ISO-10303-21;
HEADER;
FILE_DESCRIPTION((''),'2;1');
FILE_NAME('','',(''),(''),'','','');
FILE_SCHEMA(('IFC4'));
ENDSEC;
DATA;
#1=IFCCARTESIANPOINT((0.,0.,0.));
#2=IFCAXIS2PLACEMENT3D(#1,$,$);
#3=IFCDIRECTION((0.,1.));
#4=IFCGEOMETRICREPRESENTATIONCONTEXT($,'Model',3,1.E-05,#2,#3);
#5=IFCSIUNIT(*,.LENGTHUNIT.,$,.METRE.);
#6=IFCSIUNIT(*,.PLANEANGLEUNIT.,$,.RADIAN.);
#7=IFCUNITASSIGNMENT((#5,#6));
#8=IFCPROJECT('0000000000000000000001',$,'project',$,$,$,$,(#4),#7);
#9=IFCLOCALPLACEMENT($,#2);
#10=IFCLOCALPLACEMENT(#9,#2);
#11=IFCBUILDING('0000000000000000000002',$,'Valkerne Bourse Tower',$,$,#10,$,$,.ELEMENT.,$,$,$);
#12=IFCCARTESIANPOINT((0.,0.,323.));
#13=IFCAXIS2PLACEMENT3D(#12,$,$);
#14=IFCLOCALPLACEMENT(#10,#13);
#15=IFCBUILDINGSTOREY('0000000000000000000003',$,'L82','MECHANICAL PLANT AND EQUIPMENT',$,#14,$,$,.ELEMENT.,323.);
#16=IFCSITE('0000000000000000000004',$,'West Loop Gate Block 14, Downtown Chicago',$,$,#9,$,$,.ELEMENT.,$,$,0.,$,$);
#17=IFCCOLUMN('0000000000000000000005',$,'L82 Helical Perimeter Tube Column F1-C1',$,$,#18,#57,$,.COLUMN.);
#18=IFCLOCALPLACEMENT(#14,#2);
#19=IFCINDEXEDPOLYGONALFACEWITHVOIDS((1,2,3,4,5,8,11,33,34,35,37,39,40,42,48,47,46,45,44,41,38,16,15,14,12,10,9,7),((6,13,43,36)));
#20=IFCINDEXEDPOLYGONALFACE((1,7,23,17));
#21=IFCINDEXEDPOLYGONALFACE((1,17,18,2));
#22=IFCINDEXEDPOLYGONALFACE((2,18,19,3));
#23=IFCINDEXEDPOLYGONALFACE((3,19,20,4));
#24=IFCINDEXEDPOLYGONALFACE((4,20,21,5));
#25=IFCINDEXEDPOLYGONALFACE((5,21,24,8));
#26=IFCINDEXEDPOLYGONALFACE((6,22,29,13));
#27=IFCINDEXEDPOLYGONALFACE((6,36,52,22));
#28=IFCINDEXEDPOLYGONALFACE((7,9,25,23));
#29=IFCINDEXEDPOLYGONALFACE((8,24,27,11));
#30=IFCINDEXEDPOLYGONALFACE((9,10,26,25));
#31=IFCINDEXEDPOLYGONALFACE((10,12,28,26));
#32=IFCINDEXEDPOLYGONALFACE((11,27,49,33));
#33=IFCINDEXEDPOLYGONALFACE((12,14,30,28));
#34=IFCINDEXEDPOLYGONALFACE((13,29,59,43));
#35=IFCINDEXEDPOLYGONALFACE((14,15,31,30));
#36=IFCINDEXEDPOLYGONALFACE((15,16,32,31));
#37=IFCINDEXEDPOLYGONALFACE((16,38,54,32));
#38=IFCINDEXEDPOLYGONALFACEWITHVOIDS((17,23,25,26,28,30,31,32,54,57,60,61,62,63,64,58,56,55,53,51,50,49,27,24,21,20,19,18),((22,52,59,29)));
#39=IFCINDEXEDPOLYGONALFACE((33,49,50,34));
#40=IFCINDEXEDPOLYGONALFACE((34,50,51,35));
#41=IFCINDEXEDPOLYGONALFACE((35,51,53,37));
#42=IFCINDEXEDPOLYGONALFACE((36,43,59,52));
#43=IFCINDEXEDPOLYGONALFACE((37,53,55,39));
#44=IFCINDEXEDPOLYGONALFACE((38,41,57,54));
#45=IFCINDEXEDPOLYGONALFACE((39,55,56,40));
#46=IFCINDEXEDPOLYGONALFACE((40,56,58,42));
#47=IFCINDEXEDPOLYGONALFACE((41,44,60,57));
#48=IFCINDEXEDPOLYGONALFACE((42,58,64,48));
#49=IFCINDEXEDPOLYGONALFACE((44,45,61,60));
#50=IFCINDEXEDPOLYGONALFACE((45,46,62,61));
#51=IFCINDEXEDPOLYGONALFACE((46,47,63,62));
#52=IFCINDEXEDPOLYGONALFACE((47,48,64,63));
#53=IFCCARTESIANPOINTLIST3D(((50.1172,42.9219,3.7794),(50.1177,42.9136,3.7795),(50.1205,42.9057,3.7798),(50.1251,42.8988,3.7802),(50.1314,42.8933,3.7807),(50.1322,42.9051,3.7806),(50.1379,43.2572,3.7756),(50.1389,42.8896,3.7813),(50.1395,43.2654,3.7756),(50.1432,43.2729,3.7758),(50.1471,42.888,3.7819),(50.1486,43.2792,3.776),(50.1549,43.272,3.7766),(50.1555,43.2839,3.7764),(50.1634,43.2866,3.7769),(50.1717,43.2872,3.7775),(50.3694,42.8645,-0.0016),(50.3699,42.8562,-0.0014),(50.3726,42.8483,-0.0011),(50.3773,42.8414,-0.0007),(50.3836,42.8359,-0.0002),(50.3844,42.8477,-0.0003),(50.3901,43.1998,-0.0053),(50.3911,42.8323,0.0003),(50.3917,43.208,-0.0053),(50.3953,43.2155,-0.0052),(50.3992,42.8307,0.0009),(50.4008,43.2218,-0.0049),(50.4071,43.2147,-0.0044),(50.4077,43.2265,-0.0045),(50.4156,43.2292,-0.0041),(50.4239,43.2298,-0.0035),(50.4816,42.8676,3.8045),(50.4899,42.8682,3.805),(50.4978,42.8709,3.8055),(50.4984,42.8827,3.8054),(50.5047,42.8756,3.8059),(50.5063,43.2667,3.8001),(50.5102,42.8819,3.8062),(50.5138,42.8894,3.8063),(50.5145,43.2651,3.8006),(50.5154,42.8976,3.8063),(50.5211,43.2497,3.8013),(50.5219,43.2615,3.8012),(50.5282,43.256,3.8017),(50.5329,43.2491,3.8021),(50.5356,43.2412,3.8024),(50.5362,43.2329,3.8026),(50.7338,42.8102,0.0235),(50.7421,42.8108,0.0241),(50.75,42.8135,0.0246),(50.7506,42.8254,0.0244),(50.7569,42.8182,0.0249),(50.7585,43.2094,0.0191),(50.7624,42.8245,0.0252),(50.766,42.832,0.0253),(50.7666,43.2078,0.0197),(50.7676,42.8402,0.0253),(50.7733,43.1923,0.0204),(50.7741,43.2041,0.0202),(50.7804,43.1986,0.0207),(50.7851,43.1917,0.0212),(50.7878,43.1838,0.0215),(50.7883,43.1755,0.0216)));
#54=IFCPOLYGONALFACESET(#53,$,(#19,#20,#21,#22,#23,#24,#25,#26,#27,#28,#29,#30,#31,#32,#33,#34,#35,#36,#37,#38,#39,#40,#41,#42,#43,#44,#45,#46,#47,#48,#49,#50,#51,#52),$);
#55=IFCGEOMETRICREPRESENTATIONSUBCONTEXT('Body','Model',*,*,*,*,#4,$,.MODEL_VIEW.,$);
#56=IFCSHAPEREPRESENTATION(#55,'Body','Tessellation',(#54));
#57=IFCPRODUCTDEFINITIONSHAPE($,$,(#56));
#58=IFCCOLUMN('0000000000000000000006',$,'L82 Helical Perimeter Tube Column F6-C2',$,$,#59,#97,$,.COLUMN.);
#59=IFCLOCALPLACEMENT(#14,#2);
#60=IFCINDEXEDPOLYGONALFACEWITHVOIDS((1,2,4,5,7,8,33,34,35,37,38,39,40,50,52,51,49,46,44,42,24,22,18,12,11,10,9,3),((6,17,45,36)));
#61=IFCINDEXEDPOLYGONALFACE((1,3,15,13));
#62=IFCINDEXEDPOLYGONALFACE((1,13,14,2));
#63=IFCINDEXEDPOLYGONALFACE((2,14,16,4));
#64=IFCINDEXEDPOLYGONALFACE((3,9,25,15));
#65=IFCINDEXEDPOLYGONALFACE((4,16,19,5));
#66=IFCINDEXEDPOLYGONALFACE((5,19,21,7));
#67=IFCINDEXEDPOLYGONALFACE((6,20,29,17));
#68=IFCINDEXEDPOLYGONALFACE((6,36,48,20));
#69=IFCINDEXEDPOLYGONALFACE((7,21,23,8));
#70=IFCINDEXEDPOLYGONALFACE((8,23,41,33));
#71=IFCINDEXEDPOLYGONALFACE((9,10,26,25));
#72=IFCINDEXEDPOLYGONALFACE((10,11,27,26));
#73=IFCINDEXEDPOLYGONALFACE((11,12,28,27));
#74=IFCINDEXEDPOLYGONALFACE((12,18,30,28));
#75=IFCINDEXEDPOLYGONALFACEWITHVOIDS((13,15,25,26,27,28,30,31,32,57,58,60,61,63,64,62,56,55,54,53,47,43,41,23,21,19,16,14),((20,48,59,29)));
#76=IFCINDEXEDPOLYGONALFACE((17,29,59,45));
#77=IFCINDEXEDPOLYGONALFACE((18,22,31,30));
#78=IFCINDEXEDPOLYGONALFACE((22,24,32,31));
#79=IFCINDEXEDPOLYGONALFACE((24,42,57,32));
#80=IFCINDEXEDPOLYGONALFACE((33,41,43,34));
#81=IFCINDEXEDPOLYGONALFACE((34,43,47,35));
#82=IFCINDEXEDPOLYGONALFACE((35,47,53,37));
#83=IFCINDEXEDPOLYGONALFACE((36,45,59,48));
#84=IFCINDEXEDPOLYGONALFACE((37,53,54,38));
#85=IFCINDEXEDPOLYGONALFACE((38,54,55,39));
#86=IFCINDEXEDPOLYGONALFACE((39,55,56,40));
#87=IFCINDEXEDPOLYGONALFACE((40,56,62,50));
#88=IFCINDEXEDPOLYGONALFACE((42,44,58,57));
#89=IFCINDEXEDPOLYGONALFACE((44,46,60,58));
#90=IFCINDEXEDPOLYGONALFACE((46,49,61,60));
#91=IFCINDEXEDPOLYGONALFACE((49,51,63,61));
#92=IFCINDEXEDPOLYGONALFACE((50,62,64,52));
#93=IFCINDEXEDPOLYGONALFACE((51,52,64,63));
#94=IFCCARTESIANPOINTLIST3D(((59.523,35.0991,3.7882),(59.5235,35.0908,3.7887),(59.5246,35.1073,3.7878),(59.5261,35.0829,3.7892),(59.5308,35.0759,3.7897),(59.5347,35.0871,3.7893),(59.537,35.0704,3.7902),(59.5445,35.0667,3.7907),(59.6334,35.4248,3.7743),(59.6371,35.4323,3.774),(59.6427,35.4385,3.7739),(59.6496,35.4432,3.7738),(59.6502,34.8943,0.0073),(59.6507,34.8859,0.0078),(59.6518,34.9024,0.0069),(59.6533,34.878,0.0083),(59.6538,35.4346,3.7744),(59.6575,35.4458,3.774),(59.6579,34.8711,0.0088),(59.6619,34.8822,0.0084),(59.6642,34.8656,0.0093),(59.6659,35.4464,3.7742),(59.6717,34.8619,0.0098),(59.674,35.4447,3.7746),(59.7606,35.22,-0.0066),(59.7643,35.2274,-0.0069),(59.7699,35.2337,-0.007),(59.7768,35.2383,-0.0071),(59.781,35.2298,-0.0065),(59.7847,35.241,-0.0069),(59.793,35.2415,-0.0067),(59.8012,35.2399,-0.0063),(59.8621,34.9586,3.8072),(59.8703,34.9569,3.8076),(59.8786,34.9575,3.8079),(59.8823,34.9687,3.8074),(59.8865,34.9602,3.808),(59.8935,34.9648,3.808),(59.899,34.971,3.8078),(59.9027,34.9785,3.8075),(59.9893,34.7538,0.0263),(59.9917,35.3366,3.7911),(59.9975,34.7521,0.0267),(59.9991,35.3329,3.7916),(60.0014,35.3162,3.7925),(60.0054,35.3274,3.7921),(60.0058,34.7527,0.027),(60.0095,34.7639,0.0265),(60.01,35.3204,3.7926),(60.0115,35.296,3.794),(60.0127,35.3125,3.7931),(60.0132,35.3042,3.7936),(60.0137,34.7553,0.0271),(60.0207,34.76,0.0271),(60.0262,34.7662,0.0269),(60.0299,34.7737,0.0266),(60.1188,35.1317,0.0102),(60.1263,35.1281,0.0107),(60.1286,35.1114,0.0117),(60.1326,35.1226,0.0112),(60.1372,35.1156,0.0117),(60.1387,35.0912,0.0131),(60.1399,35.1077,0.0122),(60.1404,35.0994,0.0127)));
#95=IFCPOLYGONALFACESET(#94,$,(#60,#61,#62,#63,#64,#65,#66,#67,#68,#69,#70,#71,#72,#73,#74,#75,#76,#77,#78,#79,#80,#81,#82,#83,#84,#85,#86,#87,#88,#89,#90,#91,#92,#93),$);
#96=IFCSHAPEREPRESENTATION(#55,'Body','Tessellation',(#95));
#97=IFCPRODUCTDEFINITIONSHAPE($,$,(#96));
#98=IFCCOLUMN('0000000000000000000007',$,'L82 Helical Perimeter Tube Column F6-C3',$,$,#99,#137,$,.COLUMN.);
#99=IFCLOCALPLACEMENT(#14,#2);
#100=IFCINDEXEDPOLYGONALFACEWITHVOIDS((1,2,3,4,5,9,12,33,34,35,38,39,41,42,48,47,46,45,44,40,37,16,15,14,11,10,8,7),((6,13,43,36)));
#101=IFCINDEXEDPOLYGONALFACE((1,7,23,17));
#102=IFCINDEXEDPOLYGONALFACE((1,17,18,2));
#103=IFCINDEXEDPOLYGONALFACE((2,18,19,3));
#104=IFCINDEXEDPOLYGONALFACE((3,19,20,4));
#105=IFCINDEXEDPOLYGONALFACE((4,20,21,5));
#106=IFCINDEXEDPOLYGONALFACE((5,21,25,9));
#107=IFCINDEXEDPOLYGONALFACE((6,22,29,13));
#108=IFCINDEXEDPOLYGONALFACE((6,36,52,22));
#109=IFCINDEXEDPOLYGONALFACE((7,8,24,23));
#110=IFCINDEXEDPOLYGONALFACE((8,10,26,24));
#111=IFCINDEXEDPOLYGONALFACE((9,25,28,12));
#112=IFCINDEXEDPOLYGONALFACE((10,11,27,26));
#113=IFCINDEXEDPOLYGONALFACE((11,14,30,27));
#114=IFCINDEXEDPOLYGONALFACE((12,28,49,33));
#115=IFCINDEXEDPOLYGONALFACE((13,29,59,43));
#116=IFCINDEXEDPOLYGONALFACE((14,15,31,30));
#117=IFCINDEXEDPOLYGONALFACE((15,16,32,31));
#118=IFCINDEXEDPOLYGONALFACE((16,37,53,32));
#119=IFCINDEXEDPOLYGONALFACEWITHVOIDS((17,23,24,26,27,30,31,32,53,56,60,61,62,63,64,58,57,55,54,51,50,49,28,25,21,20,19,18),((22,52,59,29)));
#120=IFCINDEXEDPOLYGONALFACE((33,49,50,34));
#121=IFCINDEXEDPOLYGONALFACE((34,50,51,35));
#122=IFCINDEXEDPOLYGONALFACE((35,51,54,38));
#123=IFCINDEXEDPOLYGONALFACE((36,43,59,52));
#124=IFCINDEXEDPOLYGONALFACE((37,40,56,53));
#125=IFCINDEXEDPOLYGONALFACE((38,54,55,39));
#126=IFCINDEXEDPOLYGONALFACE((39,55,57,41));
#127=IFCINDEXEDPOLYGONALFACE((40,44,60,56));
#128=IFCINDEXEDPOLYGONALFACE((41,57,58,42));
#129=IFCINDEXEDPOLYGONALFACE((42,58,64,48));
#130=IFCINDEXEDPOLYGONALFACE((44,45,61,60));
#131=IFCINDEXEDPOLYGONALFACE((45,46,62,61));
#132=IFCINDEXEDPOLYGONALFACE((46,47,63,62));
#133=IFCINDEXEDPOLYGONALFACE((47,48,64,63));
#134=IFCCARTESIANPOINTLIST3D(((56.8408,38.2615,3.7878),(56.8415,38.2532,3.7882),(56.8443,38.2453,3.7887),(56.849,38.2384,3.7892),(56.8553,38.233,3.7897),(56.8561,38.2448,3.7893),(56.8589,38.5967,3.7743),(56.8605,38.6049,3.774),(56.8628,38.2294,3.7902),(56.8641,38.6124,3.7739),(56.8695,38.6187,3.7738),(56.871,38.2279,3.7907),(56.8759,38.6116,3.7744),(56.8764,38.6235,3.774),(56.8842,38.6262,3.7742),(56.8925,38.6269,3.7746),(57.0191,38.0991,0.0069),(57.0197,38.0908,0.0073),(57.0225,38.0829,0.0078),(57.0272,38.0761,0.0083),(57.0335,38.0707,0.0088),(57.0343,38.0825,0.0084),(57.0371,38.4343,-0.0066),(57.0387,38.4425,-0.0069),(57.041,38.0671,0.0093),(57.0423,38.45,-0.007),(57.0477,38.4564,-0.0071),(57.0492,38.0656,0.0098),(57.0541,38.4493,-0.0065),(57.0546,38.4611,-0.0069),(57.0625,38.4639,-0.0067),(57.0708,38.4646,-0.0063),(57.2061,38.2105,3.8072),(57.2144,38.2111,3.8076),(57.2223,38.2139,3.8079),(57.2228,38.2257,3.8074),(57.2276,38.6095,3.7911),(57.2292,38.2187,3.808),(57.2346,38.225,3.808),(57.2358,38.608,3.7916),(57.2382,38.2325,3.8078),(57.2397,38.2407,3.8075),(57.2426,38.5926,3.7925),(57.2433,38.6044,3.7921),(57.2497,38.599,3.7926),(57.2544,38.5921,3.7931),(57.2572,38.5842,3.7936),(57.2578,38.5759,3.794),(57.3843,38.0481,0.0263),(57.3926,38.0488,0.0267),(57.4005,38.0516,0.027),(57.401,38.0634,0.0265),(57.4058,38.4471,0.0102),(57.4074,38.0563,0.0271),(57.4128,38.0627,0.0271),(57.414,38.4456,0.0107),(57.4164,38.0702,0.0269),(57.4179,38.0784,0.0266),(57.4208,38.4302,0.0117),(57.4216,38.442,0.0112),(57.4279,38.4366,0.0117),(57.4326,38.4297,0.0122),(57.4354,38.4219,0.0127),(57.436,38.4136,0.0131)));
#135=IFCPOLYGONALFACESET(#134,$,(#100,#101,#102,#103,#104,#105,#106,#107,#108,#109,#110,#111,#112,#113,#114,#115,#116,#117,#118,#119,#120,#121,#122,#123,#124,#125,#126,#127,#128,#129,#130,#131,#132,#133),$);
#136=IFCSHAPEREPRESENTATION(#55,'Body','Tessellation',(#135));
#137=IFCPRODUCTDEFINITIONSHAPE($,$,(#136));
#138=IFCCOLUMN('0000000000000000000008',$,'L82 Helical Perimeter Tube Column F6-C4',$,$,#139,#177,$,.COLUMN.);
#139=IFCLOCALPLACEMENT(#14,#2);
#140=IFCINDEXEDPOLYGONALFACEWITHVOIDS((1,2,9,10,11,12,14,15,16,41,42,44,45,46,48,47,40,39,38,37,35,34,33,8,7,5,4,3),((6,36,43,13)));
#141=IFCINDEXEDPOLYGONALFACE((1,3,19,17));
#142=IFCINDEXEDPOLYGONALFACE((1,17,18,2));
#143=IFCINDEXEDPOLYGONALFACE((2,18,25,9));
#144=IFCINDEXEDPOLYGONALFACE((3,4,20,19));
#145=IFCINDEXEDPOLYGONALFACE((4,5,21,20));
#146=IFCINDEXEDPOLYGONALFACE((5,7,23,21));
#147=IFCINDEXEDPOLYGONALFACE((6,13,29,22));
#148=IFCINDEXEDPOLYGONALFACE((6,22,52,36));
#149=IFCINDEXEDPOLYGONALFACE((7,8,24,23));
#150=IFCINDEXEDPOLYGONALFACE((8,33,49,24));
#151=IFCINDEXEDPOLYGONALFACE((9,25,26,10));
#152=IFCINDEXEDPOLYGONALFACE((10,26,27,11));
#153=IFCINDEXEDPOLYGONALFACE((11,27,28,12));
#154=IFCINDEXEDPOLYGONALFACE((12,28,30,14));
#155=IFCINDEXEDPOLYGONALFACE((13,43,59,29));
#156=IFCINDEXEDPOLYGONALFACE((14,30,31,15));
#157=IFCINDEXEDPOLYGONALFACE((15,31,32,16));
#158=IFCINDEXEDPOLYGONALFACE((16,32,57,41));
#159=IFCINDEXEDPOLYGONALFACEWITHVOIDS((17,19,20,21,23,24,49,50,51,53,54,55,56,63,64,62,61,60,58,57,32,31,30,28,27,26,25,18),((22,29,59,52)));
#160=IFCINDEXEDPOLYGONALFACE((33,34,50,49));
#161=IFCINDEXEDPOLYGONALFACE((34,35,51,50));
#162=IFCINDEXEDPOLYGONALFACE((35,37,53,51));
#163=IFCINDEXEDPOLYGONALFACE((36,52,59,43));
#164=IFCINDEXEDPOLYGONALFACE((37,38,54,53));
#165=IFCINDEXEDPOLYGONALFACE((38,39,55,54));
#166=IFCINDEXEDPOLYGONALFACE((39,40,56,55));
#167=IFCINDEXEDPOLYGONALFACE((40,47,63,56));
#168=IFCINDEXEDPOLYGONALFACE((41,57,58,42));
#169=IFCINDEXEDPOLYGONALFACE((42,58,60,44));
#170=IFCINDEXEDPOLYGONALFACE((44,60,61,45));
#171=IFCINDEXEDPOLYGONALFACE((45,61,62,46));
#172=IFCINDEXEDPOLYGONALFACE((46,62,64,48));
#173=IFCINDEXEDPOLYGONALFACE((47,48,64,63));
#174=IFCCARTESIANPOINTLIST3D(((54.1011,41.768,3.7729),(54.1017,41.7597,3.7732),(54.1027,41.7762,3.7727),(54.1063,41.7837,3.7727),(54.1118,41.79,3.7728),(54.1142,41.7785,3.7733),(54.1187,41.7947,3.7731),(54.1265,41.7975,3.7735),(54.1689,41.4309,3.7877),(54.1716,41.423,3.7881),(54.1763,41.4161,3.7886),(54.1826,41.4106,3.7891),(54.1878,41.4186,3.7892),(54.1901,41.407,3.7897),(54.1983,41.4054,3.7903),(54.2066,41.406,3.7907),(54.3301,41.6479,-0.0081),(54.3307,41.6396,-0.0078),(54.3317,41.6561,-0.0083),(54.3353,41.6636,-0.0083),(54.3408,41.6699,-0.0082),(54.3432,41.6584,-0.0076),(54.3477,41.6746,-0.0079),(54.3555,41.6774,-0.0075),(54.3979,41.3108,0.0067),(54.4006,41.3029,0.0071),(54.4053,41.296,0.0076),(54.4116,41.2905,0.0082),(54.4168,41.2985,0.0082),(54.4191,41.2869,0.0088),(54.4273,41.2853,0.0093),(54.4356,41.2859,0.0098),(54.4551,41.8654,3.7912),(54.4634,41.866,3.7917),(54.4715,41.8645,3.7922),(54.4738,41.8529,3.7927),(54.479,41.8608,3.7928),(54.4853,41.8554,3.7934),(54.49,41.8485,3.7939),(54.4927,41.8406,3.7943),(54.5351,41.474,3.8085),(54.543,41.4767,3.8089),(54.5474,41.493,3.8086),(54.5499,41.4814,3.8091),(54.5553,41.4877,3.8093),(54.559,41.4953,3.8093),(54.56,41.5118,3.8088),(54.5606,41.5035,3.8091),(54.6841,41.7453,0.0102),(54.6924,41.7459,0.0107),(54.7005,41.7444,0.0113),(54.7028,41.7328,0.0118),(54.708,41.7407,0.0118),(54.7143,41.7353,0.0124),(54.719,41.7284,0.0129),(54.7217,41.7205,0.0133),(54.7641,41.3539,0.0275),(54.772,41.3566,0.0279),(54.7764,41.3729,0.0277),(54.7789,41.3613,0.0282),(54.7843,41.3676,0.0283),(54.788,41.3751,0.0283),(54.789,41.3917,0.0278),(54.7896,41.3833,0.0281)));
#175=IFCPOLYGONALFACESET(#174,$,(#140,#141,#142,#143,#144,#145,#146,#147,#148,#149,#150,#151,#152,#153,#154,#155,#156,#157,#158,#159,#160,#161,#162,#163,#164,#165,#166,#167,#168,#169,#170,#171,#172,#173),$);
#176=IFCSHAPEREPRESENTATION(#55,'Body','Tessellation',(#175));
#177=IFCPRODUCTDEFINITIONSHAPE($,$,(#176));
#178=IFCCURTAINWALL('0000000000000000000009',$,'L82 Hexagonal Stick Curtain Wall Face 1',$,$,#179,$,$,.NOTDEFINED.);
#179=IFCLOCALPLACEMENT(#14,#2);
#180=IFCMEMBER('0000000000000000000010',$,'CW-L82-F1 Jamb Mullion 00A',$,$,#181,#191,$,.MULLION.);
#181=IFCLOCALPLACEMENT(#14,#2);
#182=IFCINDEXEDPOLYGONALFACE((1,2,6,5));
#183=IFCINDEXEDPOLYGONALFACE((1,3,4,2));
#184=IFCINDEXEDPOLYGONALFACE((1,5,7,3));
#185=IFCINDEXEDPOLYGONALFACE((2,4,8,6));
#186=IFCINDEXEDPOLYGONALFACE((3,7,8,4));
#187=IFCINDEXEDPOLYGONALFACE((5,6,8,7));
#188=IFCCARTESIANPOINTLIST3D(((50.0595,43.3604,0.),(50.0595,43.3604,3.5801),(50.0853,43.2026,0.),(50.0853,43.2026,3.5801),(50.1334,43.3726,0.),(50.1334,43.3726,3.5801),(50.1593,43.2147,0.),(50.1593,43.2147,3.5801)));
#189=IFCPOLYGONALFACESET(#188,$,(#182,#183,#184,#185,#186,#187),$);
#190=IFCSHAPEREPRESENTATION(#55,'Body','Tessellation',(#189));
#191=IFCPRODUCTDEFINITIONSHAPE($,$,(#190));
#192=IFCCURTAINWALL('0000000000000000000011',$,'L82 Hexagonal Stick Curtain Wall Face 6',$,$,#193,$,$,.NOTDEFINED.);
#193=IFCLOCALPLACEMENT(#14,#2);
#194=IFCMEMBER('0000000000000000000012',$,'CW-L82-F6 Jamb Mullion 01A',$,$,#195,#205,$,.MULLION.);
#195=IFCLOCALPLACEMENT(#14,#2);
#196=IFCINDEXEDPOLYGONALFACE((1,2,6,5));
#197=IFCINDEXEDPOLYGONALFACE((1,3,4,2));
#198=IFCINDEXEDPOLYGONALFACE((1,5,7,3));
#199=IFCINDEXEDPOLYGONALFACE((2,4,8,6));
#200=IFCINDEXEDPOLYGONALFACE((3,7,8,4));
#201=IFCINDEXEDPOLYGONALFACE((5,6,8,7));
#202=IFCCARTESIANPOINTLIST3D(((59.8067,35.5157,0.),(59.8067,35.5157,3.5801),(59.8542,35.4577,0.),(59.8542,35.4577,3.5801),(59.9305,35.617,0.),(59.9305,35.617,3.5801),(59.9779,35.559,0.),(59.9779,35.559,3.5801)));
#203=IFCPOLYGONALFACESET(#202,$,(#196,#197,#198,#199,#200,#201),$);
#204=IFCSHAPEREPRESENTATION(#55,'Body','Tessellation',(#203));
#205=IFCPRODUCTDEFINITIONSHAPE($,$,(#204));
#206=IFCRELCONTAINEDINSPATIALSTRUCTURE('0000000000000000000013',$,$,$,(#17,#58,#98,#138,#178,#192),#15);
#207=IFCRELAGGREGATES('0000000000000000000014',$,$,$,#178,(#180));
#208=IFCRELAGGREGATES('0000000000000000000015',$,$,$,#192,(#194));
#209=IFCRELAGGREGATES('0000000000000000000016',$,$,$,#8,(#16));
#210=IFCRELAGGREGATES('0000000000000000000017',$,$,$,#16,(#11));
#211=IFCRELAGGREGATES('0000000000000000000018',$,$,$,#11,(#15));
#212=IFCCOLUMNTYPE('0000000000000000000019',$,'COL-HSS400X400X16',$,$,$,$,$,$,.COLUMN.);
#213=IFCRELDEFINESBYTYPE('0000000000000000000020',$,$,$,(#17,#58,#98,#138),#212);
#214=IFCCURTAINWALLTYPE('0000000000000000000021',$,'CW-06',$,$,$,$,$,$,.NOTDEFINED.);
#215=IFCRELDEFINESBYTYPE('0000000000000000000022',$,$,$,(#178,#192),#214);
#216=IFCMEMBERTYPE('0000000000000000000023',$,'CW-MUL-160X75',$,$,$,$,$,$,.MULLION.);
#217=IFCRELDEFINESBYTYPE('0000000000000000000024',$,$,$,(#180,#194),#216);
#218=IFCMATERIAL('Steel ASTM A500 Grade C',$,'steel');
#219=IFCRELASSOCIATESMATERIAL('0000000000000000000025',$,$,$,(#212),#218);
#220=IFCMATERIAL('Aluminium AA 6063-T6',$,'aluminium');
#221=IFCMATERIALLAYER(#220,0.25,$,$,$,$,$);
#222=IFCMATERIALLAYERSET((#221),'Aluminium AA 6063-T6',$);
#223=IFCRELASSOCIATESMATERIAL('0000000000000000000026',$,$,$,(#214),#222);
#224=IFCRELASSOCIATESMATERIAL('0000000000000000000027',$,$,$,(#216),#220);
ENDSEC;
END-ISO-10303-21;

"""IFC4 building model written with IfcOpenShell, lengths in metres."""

from ifc_helpers import new_model, si_unit, direction, frame, origin, origin_2d, place, context, subcontext, project, spatial, rectangle, hollow_rectangle, extrude, material, layer, layer_set, material_profile, profile_set, type_object, element, aggregate, save


model = new_model("IFC4")

# Units and contexts
model_context = context("Model", 3, precision=1e-05, world=origin(), true_north=direction((0.0, 1.0)))
body_context = subcontext(model_context, "Body", "Model", "MODEL_VIEW")
ifc_project = project(units=[si_unit("LENGTHUNIT", "METRE"), si_unit("PLANEANGLEUNIT", "RADIAN")], contexts=[model_context])

# Site, building, storey
site_placement = place(None, origin())
site = spatial("IfcSite", under=ifc_project, at=site_placement, Name="West Loop Gate Block 14, Downtown Chicago", CompositionType="ELEMENT", RefElevation=0.0)
building_placement = place(site_placement, origin())
building = spatial("IfcBuilding", under=site, at=building_placement, Name="Valkerne Bourse Tower", CompositionType="ELEMENT")
storey_placement = place(building_placement, frame((0.0, 0.0, 323.0)))
storey = spatial("IfcBuildingStorey", under=building, at=storey_placement, Name="L82", Description="MECHANICAL PLANT AND EQUIPMENT", CompositionType="ELEMENT", Elevation=323.0)

# Columns
ifc_material_1 = material(Name="Steel ASTM A500 Grade C", Category="steel")
ifc_material_profile_1 = material_profile(ifc_material_1, hollow_rectangle(XDim=0.3999, YDim=0.3999, WallThickness=0.0161, OuterFilletRadius=0.032, at=origin_2d()), Name="HSS400X400X16")
ifc_profile_set_1 = profile_set([ifc_material_profile_1], Name="Steel ASTM A500 Grade C")
column_type = type_object("IfcColumnType", Name="COL-HSS400X400X16", PredefinedType="COLUMN", material=ifc_profile_set_1)
column_1_placement = place(storey_placement, frame((50.5789, 43.02, 0.01), z_axis=(-0.066546, 0.015139, 0.997669), x_axis=(0.061699, 0.998034, -0.011029)))
element("IfcColumn", 1, at=column_1_placement, inside=storey, type_object=column_type, Name="L82 Helical Perimeter Tube Column F1-C1", PredefinedType="COLUMN", context=body_context, shape_type="SweptSolid", body=[
    extrude(hollow_rectangle(XDim=0.3999, YDim=0.3999, WallThickness=0.0161, OuterFilletRadius=0.032, at=origin_2d()), origin(), (0.0, 0.0, 1.0), 3.7898),
])
for number, where, z_axis, x_axis, name in (
    (2, (59.8953, 34.9968, 0.01), (-0.033573, 0.054065, 0.997973), (0.94548, -0.321935, 0.049248), "L82 Helical Perimeter Tube Column F6-C2"),
    (3, (57.2275, 38.2563, 0.01), (-0.047041, 0.042852, 0.997973), (0.997441, -0.051842, 0.049242), "L82 Helical Perimeter Tube Column F6-C3"),
):
    element("IfcColumn", number, at=place(storey_placement, frame(where, z_axis=z_axis, x_axis=x_axis)), inside=storey, type_object=column_type, Name=name, PredefinedType="COLUMN", context=body_context, shape_type="SweptSolid", body=[
        extrude(hollow_rectangle(XDim=0.3999, YDim=0.3999, WallThickness=0.0161, OuterFilletRadius=0.032, at=origin_2d()), origin(), (0.0, 0.0, 1.0), 3.7886),
    ])
column_2_placement = place(storey_placement, frame((54.5598, 41.5156, 0.01), z_axis=(-0.060426, 0.031695, 0.997669), x_axis=(0.977901, 0.202293, 0.052802)))
element("IfcColumn", 4, at=column_2_placement, inside=storey, type_object=column_type, Name="L82 Helical Perimeter Tube Column F6-C4", PredefinedType="COLUMN", context=body_context, shape_type="SweptSolid", body=[
    extrude(hollow_rectangle(XDim=0.3999, YDim=0.3999, WallThickness=0.0161, OuterFilletRadius=0.032, at=origin_2d()), origin(), (0.0, 0.0, 1.0), 3.7898),
])

# Curtain wall, member
ifc_material_2 = material(Name="Aluminium AA 6063-T6", Category="aluminium")
ifc_layer_1 = layer(ifc_material_2, 0.25)
ifc_layer_set_1 = layer_set([ifc_layer_1], Name="Aluminium AA 6063-T6")
curtain_wall_type = type_object("IfcCurtainWallType", Name="CW-06", PredefinedType="NOTDEFINED", material=ifc_layer_set_1)
curtain_wall_1_placement = place(storey_placement, origin())
curtain_wall_1 = element("IfcCurtainWall", 5, at=curtain_wall_1_placement, inside=storey, type_object=curtain_wall_type, Name="L82 Hexagonal Stick Curtain Wall Face 1", PredefinedType="NOTDEFINED")
ifc_material_profile_2 = material_profile(ifc_material_2, rectangle(XDim=0.075, YDim=0.1599, at=origin_2d()), Name="CWM-75X160")
ifc_profile_set_2 = profile_set([ifc_material_profile_2], Name="Aluminium AA 6063-T6")
member_type_1 = type_object("IfcMemberType", Name="CW-MUL-160X75", PredefinedType="MULLION", material=ifc_profile_set_2)
member_1_placement = place(storey_placement, frame((50.1094, 43.2876, 0.0), z_axis=(0.0, 0.0, 1.0), x_axis=(-0.986855, -0.161607, 0.0)))
member_1 = element("IfcMember", 6, at=member_1_placement, type_object=member_type_1, Name="CW-L82-F1 Jamb Mullion 00A", PredefinedType="MULLION", context=body_context, shape_type="SweptSolid", body=[
    extrude(rectangle(XDim=0.075, YDim=0.1599, at=origin_2d()), origin(), (0.0, 0.0, 1.0), 3.5801),
])

# Curtain wall, member
curtain_wall_2_placement = place(storey_placement, origin())
curtain_wall_2 = element("IfcCurtainWall", 7, at=curtain_wall_2_placement, inside=storey, type_object=curtain_wall_type, Name="L82 Hexagonal Stick Curtain Wall Face 6", PredefinedType="NOTDEFINED")
member_2_placement = place(storey_placement, frame((59.8923, 35.5374, 0.0), z_axis=(0.0, 0.0, 1.0), x_axis=(-0.633383, 0.773839, 0.0)))
member_2 = element("IfcMember", 8, at=member_2_placement, type_object=member_type_1, Name="CW-L82-F6 Jamb Mullion 01A", PredefinedType="MULLION", context=body_context, shape_type="SweptSolid", body=[
    extrude(rectangle(XDim=0.075, YDim=0.1599, at=origin_2d()), origin(), (0.0, 0.0, 1.0), 3.5801),
])

aggregate(curtain_wall_1, [member_1])
aggregate(curtain_wall_2, [member_2])

save(model, "model.ifc")
